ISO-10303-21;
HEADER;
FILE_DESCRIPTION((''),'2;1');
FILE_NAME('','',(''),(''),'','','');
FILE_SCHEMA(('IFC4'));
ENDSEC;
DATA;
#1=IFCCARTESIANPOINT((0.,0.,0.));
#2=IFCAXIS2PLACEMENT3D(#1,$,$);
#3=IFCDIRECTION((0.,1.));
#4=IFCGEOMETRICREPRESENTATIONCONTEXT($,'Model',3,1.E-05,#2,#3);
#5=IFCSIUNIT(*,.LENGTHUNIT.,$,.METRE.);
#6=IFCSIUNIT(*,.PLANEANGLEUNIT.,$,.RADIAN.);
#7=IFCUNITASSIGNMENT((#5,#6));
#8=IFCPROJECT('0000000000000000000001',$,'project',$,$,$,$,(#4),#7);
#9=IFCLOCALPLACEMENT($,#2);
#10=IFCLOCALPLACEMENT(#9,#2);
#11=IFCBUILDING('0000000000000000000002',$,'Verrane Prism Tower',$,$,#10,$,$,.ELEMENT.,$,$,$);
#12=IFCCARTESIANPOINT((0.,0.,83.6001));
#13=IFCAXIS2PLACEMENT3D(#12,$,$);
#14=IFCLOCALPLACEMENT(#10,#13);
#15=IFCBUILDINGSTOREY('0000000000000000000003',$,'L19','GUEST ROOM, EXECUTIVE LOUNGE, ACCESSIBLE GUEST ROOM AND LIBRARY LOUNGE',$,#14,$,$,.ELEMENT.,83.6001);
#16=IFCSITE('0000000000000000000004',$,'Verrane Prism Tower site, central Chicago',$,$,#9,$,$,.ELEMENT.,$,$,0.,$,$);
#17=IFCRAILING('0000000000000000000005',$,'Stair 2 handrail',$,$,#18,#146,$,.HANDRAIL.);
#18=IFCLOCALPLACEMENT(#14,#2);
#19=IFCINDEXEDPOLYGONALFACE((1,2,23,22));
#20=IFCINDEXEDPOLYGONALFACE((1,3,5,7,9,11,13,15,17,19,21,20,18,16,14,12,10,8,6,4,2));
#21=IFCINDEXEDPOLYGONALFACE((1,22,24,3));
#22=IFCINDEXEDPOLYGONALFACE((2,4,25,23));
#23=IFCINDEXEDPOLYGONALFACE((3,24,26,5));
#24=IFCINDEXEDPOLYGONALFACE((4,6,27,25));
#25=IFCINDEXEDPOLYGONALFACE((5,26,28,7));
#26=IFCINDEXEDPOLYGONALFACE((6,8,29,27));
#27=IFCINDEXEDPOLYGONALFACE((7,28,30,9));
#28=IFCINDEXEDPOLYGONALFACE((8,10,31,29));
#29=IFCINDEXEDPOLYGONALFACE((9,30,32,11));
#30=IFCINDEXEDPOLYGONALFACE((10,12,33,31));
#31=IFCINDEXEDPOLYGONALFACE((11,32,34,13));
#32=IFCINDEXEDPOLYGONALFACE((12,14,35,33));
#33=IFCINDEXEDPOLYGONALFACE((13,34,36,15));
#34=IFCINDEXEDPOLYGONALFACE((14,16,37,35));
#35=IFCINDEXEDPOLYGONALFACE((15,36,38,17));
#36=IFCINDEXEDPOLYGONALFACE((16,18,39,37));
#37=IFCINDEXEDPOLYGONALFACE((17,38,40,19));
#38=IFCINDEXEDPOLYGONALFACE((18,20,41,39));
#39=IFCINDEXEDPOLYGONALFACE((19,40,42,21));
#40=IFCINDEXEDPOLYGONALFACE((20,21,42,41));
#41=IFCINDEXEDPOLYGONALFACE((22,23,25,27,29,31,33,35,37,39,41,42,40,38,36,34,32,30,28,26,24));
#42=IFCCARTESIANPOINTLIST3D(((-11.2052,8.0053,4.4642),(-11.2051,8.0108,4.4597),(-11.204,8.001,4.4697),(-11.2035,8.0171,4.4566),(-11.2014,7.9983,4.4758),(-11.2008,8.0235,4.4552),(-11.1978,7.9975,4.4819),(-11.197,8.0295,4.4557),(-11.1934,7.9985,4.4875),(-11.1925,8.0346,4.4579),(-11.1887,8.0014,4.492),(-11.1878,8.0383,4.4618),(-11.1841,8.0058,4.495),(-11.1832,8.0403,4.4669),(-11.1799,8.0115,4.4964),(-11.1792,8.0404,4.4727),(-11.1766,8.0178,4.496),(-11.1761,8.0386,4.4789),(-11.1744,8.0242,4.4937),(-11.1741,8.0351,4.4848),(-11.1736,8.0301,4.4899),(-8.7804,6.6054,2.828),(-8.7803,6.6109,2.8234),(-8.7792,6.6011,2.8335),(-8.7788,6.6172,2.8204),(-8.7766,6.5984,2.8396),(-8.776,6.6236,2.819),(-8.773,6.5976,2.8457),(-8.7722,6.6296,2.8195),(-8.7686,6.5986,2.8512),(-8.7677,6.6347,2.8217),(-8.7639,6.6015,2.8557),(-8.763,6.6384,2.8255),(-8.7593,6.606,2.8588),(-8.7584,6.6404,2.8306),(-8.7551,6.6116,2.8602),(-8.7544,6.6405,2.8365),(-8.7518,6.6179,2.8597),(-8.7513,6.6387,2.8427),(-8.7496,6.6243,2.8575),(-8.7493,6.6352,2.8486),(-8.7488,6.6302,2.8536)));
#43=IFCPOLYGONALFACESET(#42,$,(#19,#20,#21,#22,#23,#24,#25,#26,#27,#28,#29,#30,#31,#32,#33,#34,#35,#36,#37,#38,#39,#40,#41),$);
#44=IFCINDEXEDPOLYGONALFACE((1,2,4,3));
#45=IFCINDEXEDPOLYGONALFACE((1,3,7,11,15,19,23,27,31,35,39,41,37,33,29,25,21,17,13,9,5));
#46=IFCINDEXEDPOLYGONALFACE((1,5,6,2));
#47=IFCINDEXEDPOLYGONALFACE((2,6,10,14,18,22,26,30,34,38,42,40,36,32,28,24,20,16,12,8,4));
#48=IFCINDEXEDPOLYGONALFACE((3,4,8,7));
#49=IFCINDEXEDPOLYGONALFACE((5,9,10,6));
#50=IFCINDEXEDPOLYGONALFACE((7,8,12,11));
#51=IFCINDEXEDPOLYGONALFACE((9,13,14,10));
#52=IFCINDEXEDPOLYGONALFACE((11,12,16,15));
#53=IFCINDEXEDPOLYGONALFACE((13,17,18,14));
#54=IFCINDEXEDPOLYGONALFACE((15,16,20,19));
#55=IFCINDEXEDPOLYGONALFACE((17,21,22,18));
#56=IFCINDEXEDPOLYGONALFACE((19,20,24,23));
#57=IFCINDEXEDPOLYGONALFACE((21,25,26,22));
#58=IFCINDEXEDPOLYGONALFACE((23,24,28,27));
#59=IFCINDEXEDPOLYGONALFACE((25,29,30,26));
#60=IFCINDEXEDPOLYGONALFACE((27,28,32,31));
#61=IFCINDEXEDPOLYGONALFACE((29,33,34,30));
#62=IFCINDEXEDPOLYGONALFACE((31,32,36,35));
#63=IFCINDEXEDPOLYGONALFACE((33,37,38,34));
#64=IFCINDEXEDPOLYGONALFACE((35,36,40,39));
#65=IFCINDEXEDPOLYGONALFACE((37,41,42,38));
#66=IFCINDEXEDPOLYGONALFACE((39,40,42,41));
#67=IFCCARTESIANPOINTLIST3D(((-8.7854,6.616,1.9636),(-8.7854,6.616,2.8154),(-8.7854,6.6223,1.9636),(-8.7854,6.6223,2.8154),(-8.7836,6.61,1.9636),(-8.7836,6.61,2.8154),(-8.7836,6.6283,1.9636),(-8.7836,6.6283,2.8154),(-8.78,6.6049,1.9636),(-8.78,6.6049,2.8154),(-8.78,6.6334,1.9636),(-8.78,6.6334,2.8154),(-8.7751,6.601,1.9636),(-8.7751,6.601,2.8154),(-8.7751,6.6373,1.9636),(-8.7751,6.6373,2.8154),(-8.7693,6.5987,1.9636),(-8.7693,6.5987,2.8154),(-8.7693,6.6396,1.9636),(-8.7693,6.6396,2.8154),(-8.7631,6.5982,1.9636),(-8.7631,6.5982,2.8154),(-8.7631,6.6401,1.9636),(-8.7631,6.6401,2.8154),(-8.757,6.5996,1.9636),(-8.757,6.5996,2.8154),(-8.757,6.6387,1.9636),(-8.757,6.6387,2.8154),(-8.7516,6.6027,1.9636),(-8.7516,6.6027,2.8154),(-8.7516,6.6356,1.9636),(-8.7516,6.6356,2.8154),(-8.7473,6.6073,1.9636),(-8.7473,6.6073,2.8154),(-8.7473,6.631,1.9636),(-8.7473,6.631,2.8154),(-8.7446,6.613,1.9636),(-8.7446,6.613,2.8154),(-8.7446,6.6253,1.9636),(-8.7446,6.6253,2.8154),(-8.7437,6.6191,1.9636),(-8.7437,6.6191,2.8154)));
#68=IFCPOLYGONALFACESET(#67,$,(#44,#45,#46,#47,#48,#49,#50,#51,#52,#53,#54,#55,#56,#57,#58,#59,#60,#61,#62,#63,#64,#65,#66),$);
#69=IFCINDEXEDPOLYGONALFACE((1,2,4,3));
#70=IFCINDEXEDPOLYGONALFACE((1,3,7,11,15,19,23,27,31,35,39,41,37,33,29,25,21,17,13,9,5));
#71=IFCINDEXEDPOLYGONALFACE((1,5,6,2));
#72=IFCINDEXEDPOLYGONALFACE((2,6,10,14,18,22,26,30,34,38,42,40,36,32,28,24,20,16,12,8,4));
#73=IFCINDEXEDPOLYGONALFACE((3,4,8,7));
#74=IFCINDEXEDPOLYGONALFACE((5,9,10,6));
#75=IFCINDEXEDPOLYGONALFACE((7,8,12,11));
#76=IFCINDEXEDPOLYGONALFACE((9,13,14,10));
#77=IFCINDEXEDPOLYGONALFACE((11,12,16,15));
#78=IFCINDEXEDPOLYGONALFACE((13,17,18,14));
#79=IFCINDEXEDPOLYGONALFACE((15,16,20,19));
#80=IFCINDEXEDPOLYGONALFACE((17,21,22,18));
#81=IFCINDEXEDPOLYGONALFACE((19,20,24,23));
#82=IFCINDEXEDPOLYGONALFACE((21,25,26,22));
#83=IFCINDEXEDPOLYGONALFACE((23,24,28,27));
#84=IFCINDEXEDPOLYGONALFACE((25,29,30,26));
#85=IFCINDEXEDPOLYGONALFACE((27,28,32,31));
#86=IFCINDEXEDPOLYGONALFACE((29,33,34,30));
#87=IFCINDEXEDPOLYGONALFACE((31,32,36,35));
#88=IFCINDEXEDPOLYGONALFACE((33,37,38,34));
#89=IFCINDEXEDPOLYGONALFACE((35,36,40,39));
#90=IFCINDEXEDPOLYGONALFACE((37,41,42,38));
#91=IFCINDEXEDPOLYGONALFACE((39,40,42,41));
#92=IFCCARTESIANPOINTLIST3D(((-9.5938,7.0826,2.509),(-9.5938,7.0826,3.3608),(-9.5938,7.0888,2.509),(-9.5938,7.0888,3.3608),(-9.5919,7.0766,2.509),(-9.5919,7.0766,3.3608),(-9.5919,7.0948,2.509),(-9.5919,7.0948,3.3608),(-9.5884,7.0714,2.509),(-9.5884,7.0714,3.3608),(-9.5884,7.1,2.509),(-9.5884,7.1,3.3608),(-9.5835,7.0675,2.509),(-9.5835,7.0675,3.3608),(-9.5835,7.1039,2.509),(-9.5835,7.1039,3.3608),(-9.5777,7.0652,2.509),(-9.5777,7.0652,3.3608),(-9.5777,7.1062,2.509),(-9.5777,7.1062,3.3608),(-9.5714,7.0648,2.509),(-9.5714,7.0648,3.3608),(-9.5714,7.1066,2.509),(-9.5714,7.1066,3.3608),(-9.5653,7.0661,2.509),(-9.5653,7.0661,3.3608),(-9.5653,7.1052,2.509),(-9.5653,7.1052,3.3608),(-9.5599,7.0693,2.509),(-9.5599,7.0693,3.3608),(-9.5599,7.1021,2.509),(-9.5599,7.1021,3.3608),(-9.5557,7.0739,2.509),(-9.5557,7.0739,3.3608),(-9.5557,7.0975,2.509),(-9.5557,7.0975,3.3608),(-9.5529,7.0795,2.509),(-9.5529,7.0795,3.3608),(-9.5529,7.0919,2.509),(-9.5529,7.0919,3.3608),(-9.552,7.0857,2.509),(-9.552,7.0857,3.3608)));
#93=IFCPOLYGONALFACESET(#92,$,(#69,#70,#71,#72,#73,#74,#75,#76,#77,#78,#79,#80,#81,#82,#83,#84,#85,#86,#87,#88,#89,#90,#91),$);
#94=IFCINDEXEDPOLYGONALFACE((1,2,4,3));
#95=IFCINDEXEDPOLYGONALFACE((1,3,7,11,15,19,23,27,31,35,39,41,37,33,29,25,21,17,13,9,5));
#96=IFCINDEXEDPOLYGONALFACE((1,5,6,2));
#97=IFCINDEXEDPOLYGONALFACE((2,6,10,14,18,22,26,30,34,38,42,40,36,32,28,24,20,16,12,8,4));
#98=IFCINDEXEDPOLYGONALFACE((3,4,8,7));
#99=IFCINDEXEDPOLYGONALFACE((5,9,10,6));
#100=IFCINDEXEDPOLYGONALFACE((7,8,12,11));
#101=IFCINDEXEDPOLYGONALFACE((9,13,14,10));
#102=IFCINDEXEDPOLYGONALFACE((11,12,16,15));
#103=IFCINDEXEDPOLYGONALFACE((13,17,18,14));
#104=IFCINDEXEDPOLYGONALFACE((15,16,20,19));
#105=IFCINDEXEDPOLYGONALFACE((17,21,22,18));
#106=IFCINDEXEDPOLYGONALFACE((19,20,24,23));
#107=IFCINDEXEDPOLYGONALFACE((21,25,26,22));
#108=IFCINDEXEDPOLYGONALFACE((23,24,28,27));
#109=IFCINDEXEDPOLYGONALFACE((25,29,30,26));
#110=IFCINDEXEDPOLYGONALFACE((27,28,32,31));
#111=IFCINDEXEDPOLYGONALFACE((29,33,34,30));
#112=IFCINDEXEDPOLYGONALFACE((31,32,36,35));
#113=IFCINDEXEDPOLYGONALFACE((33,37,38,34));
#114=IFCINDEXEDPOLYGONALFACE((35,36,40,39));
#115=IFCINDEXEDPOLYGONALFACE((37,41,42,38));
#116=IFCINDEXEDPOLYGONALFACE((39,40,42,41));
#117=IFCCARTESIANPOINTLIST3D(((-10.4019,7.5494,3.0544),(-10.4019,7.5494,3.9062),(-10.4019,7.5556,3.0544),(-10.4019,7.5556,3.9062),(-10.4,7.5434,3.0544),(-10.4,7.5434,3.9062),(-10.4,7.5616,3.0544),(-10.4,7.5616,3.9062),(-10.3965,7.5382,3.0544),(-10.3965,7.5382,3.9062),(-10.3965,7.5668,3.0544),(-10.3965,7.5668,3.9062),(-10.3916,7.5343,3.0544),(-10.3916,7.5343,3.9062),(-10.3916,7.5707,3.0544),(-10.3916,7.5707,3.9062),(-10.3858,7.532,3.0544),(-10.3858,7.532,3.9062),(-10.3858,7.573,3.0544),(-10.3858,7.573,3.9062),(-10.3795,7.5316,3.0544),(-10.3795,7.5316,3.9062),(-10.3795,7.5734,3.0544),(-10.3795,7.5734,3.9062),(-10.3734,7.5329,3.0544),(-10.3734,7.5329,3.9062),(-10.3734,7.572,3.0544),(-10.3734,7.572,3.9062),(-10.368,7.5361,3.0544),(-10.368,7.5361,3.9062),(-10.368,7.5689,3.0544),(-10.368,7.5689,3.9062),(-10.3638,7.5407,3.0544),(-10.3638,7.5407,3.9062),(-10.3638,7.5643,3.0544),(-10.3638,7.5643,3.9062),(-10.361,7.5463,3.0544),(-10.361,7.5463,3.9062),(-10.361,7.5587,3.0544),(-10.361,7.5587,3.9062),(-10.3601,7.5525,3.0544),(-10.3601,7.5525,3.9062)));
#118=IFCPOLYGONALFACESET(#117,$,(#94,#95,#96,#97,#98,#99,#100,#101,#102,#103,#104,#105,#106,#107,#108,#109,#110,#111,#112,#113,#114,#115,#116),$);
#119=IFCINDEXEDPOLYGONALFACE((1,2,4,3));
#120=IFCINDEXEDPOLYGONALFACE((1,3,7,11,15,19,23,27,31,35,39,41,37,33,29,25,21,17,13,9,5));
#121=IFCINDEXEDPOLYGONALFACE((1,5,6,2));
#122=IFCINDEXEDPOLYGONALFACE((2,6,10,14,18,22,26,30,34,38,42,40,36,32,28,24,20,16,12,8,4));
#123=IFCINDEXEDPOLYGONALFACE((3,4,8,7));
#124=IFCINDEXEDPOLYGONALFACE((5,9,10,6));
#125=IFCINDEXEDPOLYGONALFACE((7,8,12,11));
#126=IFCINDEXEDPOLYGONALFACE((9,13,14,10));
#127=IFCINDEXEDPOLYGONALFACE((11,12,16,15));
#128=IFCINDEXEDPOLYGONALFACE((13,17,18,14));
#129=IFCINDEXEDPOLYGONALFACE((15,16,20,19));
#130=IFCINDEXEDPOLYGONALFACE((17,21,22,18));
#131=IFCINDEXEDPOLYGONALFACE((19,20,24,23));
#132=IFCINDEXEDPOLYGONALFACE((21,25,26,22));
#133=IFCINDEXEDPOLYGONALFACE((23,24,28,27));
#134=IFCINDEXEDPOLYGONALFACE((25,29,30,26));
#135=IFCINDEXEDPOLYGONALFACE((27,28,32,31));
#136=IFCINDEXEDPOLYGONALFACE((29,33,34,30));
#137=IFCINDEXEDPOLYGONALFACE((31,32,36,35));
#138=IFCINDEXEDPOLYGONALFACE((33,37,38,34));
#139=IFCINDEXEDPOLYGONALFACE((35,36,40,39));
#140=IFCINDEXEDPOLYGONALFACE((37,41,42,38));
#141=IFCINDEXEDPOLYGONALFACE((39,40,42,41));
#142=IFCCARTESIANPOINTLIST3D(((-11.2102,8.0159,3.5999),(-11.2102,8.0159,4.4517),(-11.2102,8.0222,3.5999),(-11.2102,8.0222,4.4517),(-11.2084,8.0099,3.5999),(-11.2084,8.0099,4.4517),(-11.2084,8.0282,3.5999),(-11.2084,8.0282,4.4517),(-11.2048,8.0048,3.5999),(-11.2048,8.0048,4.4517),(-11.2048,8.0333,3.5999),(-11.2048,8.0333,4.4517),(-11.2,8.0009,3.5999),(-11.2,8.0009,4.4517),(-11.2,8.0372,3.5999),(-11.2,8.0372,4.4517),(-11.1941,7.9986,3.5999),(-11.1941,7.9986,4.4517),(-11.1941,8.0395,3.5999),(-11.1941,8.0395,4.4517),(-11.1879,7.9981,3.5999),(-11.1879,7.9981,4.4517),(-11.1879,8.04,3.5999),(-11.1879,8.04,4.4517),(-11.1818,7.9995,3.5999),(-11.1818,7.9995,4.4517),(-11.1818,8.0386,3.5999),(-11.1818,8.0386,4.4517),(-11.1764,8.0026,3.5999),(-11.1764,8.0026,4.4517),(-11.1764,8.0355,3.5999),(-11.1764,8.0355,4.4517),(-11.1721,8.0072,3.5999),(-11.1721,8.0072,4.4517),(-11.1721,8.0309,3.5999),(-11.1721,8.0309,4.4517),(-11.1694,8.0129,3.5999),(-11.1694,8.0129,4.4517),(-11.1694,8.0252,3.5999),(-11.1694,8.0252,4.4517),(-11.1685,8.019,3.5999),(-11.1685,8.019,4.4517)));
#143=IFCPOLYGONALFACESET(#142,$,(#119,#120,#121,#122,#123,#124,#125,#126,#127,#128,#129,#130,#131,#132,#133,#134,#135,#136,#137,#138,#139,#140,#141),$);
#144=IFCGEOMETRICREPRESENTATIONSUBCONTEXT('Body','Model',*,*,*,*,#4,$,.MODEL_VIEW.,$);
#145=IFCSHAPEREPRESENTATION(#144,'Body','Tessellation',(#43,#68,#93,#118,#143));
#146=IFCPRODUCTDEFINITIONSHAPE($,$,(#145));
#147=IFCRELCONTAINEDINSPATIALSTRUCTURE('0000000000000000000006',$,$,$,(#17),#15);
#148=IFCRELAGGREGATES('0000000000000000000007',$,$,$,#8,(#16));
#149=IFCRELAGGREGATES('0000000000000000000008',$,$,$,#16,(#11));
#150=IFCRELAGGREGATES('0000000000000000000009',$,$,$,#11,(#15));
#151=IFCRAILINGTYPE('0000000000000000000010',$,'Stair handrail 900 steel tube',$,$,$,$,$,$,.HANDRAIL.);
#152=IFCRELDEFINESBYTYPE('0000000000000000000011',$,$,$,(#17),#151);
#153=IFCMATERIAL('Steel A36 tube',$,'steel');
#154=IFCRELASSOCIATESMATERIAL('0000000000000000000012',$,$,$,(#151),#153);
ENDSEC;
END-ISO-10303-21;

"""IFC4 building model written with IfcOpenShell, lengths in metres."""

from ifc_helpers import new_model, si_unit, direction, frame, origin, origin_2d, place, context, subcontext, project, spatial, circle, extrude, material, type_object, element, save


model = new_model("IFC4")

# Units and contexts
model_context = context("Model", 3, precision=1e-05, world=origin(), true_north=direction((0.0, 1.0)))
body_context = subcontext(model_context, "Body", "Model", "MODEL_VIEW")
ifc_project = project(units=[si_unit("LENGTHUNIT", "METRE"), si_unit("PLANEANGLEUNIT", "RADIAN")], contexts=[model_context])

# Site, building, storey
site_placement = place(None, origin())
site = spatial("IfcSite", under=ifc_project, at=site_placement, Name="Verrane Prism Tower site, central Chicago", CompositionType="ELEMENT", RefElevation=0.0)
building_placement = place(site_placement, origin())
building = spatial("IfcBuilding", under=site, at=building_placement, Name="Verrane Prism Tower", CompositionType="ELEMENT")
storey_placement = place(building_placement, frame((0.0, 0.0, 83.6001)))
storey = spatial("IfcBuildingStorey", under=building, at=storey_placement, Name="L19", Description="GUEST ROOM, EXECUTIVE LOUNGE, ACCESSIBLE GUEST ROOM AND LIBRARY LOUNGE", CompositionType="ELEMENT", Elevation=83.6001)

# Railing
ifc_material_1 = material(Name="Steel A36 tube", Category="steel")
railing_type_1 = type_object("IfcRailingType", Name="Stair handrail 900 steel tube", PredefinedType="HANDRAIL", material=ifc_material_1)
railing_1_placement = place(storey_placement, frame((-8.7646, 6.6191, 1.9636)))
element("IfcRailing", 1, at=railing_1_placement, inside=storey, type_object=railing_type_1, Name="Stair 2 handrail", PredefinedType="HANDRAIL", context=body_context, shape_type="SweptSolid", body=[
    extrude(circle(Radius=0.0239, at=origin_2d()), frame((0.0, 0.0, 0.876), z_axis=(-0.747718, 0.431677, 0.504552), x_axis=(-0.499984, -0.866035, 0.0)), (0.0, 0.0, 1.0), 3.2429),
    extrude(circle(Radius=0.021, at=origin_2d()), origin(), (0.0, 0.0, 1.0), 0.8518),
    extrude(circle(Radius=0.021, at=origin_2d()), frame((-0.8083, 0.4666, 0.5454)), (0.0, 0.0, 1.0), 0.8518),
    extrude(circle(Radius=0.021, at=origin_2d()), frame((-1.6165, 0.9333, 1.0908)), (0.0, 0.0, 1.0), 0.8518),
    extrude(circle(Radius=0.021, at=origin_2d()), frame((-2.4248, 1.3999, 1.6362)), (0.0, 0.0, 1.0), 0.8518),
])

save(model, "model.ifc")
